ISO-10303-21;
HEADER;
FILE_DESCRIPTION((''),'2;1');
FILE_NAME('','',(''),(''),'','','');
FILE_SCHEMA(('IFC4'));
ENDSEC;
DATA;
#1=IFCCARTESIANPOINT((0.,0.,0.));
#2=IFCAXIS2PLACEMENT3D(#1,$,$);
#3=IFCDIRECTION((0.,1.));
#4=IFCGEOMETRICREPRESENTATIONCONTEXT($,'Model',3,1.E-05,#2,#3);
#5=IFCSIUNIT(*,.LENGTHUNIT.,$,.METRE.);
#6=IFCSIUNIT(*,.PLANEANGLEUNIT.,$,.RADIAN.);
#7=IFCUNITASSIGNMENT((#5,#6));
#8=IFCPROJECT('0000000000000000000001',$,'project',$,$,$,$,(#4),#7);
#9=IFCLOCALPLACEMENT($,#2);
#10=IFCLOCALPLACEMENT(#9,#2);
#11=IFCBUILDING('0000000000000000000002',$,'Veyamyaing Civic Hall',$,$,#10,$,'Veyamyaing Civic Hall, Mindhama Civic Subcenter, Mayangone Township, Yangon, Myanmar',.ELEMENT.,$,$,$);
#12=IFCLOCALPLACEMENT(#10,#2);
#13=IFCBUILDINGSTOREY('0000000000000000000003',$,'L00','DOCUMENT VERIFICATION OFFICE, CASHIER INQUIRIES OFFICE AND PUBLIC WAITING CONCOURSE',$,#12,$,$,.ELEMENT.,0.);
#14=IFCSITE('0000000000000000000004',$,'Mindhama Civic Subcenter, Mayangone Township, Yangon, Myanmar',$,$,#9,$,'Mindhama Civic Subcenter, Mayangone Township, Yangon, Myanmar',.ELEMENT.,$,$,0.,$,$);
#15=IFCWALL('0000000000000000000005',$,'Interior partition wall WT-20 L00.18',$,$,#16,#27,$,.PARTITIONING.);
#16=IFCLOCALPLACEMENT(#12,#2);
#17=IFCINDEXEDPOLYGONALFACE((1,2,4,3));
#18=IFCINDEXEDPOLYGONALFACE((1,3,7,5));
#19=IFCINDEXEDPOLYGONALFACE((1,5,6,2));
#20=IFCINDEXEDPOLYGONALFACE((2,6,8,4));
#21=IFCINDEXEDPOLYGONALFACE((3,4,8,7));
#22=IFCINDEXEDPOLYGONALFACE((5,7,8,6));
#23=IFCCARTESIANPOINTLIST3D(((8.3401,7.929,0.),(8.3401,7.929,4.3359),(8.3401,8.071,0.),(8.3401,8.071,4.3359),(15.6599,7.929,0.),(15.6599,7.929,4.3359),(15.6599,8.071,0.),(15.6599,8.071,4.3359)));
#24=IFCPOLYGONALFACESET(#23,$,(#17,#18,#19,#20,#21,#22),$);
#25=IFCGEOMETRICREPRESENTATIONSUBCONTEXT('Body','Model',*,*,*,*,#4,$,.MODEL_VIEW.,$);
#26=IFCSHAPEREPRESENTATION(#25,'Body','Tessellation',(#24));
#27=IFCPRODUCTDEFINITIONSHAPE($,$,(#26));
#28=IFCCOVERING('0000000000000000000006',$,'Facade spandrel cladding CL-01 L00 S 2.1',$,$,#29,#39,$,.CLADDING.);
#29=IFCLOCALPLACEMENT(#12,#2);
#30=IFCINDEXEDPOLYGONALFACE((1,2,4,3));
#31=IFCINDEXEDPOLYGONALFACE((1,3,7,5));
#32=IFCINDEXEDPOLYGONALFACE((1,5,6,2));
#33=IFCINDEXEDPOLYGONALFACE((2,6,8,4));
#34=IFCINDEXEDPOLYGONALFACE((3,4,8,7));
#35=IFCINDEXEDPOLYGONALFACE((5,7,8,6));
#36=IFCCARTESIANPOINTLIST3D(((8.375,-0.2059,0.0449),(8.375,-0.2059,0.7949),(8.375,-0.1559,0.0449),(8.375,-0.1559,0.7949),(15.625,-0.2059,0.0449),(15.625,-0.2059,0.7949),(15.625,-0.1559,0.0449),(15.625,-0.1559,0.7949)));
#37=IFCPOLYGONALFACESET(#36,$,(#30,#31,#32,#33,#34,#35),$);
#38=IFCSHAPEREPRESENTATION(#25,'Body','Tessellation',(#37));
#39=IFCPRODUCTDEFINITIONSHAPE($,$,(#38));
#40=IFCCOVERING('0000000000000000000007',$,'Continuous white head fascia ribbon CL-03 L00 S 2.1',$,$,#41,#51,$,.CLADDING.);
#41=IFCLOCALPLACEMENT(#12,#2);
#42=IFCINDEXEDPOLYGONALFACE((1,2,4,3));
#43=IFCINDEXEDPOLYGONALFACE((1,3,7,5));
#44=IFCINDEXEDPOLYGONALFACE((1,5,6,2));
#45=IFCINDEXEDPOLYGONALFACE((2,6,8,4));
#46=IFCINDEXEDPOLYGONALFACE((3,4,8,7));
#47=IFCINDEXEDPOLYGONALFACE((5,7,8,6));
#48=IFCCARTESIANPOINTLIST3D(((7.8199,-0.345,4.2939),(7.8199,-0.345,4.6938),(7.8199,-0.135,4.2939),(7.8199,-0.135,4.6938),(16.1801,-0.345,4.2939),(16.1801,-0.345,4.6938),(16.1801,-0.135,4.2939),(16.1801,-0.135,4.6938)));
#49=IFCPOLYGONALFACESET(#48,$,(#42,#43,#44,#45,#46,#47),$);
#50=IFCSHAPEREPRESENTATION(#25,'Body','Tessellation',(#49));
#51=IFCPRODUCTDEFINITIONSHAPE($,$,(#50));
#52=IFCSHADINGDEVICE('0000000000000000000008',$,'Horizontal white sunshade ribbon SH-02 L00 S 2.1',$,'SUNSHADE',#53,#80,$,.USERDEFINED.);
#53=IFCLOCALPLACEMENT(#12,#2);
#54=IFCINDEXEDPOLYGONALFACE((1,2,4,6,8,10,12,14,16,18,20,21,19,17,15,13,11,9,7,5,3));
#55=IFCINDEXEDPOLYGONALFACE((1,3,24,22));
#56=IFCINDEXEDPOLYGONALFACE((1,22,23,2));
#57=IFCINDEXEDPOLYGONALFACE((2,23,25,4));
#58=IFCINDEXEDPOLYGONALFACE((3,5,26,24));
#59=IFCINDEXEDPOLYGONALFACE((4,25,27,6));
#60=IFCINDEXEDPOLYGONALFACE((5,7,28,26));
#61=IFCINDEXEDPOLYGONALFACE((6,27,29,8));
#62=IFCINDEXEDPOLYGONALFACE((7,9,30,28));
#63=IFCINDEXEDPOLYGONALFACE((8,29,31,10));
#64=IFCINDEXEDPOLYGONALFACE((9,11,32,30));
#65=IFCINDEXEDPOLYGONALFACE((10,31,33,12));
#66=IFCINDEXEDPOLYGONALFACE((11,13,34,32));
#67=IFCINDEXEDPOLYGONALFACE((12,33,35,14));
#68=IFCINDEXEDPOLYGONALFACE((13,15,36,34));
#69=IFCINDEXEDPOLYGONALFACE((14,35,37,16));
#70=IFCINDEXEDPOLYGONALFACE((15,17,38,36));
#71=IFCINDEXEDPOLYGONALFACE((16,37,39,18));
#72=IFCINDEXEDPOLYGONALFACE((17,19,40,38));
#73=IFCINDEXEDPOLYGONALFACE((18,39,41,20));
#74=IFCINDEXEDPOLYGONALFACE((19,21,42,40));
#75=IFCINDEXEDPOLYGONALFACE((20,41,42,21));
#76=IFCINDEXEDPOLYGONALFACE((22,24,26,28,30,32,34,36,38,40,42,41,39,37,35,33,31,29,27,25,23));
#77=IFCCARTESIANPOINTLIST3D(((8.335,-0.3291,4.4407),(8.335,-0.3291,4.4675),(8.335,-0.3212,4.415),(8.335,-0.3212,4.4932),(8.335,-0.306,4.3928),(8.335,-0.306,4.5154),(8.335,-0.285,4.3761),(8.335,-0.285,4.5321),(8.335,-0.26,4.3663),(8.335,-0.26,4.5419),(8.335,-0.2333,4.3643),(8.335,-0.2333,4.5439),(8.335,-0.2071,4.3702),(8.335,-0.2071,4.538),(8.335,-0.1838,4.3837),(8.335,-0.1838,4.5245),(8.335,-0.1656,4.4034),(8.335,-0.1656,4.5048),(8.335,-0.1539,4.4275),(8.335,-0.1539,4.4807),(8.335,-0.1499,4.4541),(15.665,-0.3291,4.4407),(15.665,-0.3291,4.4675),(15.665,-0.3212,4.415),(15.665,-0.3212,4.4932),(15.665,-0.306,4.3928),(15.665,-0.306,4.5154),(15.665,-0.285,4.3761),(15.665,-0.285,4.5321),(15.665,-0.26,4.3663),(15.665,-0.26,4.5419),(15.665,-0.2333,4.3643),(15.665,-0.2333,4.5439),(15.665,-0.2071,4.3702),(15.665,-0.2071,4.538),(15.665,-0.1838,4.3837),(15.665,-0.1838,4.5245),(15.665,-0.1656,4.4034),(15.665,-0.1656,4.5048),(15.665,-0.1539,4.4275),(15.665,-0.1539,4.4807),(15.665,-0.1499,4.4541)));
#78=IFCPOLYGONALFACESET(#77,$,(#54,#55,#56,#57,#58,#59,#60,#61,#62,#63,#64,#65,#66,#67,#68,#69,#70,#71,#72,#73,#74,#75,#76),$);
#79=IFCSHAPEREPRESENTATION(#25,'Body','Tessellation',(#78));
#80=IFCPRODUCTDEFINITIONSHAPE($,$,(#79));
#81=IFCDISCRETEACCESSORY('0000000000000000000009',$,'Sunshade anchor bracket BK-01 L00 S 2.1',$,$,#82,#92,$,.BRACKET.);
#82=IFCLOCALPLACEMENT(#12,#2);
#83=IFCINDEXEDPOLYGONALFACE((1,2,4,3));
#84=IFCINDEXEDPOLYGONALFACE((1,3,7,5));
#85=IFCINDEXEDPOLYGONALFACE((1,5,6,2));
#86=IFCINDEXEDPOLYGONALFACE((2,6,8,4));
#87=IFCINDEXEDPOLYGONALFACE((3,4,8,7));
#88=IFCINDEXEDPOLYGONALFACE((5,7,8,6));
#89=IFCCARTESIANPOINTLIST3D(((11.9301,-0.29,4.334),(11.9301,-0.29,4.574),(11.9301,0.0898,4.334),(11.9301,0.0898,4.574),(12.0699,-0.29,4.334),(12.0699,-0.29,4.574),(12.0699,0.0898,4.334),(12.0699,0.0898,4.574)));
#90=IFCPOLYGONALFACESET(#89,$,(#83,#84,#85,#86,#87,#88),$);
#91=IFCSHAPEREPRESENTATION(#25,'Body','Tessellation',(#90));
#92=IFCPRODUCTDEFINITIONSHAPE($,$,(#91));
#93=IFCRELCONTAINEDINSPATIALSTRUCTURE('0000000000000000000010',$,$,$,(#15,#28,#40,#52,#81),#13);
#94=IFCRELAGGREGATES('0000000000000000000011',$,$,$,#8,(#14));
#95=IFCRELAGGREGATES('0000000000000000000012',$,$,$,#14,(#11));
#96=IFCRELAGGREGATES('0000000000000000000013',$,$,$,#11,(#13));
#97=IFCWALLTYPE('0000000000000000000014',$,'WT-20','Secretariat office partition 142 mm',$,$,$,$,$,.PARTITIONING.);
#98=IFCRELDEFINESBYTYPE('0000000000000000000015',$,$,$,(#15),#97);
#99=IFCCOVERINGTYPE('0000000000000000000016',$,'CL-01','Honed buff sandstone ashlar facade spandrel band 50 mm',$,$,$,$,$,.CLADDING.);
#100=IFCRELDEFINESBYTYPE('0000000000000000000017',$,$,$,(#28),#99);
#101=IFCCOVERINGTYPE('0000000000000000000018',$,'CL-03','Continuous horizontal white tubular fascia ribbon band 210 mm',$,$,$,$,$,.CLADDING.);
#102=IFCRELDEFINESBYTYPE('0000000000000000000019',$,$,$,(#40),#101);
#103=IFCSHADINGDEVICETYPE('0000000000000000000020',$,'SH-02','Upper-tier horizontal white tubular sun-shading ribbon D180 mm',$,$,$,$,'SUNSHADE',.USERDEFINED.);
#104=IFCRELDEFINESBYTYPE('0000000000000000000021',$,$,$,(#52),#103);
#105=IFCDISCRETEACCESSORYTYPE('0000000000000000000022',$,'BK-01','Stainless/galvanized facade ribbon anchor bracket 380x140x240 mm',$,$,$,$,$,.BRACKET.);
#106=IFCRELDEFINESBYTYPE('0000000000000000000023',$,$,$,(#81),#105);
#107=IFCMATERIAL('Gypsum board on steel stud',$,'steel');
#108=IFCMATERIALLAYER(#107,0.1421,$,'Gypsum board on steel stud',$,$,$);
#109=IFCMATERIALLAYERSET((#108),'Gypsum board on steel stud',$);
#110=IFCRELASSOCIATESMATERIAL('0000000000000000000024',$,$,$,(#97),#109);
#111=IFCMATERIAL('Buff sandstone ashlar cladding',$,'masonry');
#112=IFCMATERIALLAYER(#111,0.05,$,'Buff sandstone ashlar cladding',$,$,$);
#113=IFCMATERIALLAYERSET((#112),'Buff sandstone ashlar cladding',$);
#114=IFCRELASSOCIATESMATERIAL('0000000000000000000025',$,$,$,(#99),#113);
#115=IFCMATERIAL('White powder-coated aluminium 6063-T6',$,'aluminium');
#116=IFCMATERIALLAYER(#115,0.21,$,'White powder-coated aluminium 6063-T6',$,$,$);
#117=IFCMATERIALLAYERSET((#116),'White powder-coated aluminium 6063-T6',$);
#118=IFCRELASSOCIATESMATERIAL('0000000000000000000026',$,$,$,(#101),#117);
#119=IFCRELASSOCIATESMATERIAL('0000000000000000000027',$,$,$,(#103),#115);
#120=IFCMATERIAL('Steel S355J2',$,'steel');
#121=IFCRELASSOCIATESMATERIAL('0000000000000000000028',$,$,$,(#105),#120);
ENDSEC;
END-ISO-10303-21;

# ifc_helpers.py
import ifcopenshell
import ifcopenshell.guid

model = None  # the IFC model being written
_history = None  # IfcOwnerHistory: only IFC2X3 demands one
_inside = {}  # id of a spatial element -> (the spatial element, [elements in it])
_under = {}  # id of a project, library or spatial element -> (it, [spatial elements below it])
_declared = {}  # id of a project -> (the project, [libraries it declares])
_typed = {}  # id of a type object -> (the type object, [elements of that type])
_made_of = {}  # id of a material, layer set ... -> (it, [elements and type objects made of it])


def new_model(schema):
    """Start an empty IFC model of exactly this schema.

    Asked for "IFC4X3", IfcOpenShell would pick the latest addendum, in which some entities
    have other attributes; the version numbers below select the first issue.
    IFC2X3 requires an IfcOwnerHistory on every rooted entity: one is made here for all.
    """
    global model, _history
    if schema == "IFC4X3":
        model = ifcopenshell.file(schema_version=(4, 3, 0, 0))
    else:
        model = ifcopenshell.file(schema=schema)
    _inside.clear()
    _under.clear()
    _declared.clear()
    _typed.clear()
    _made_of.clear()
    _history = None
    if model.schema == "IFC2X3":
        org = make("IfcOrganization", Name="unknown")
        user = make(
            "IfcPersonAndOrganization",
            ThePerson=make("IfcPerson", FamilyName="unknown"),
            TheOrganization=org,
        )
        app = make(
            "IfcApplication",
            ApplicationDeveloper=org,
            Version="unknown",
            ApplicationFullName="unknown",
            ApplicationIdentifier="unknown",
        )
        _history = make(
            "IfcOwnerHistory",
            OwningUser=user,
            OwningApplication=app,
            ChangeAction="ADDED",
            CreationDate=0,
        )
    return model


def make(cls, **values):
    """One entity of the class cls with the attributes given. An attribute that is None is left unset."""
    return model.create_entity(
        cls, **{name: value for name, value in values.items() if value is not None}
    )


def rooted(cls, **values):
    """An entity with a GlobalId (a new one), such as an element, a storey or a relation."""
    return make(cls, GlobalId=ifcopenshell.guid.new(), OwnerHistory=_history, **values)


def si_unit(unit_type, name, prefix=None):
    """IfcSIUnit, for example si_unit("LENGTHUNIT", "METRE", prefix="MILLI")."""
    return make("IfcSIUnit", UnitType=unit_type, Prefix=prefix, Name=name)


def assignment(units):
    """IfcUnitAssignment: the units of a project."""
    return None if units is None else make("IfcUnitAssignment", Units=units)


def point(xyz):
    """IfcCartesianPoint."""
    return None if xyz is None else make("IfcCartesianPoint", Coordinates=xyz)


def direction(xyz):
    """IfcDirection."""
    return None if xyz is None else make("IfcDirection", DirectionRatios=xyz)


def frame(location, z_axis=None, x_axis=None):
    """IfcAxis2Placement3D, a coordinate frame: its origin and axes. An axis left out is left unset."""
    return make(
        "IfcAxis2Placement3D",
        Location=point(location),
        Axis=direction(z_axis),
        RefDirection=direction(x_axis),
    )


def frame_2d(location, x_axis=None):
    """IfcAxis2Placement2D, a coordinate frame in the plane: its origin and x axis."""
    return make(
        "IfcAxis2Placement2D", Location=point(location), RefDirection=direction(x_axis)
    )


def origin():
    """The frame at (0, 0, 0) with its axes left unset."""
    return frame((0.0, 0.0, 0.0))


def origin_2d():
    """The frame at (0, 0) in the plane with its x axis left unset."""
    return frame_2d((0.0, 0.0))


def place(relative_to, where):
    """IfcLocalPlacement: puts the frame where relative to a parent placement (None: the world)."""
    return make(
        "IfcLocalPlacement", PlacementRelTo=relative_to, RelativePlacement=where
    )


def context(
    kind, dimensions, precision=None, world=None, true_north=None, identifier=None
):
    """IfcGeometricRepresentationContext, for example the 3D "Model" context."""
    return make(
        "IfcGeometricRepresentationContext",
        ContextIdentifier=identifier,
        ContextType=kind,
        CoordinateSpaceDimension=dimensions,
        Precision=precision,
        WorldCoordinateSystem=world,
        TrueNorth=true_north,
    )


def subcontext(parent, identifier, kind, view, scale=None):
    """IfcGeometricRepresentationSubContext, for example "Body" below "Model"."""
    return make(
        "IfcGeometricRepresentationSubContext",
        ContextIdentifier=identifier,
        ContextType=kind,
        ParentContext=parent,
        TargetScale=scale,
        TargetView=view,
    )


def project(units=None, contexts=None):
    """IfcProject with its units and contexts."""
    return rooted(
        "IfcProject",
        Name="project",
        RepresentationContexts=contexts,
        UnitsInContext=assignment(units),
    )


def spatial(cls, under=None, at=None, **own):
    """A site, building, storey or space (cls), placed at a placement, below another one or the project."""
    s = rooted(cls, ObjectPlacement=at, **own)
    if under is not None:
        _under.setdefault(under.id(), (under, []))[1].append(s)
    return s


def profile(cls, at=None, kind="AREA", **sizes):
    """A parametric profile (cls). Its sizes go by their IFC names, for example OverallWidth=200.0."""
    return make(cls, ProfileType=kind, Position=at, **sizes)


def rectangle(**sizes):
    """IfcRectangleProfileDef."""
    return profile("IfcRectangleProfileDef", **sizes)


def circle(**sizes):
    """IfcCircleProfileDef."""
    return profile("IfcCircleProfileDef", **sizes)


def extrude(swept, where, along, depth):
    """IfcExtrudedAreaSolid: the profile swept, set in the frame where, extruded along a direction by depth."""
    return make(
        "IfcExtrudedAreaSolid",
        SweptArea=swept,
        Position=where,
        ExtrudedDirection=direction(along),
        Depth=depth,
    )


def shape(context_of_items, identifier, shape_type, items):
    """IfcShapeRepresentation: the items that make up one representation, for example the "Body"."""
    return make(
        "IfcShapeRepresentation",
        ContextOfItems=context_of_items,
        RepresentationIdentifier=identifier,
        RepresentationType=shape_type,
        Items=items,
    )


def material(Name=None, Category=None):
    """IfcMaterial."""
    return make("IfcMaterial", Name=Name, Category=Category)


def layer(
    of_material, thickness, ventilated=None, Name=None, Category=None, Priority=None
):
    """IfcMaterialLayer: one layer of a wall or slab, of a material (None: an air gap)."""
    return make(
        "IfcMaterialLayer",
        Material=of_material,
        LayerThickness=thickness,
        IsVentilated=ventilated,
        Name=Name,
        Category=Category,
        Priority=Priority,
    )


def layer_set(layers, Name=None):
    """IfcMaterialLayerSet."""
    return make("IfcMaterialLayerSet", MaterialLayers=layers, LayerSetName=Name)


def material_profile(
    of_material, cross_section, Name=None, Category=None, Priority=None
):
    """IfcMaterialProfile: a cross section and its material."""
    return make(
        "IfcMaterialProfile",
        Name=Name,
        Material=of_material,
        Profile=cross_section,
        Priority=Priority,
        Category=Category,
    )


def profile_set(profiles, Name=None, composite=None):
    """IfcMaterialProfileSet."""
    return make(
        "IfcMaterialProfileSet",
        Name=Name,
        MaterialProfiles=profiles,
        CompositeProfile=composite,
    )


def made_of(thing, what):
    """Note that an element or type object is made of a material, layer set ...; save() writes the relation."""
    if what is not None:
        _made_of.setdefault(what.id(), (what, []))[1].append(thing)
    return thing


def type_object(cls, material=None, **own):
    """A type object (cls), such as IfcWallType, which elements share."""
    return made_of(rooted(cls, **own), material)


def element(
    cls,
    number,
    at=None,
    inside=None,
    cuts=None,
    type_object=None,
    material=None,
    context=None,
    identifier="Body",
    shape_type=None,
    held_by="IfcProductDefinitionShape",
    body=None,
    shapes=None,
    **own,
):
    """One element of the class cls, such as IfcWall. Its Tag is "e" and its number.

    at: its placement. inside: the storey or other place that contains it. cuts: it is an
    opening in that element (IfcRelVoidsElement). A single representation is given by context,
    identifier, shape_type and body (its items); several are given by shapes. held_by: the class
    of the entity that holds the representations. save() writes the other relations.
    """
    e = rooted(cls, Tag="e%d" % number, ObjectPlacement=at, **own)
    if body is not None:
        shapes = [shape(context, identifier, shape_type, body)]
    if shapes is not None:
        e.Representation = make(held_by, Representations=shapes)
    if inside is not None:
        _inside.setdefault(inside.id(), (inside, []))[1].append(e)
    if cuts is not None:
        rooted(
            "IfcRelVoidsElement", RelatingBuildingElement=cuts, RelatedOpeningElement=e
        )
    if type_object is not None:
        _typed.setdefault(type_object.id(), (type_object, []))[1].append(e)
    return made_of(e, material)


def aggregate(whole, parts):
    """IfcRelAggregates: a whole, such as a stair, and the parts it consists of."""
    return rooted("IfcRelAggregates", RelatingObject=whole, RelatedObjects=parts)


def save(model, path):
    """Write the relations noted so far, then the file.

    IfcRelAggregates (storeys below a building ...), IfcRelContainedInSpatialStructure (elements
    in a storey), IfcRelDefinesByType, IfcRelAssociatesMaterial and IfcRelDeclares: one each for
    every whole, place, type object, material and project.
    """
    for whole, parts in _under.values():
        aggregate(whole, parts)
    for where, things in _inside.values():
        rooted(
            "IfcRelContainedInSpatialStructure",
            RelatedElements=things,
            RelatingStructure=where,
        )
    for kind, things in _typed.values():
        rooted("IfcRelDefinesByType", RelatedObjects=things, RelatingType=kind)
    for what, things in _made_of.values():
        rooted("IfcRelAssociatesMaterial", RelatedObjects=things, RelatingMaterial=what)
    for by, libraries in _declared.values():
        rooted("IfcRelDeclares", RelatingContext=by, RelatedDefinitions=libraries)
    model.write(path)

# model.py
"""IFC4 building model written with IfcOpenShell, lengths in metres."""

from ifc_helpers import new_model, si_unit, direction, frame, frame_2d, origin, origin_2d, place, context, subcontext, project, spatial, rectangle, circle, extrude, material, layer, layer_set, material_profile, profile_set, type_object, element, save


model = new_model("IFC4")

# Units and contexts
model_context = context("Model", 3, precision=1e-05, world=origin(), true_north=direction((0.0, 1.0)))
body_context = subcontext(model_context, "Body", "Model", "MODEL_VIEW")
ifc_project = project(units=[si_unit("LENGTHUNIT", "METRE"), si_unit("PLANEANGLEUNIT", "RADIAN")], contexts=[model_context])

# Site, building, storey
site_placement = place(None, origin())
site = spatial("IfcSite", under=ifc_project, at=site_placement, Name="Mindhama Civic Subcenter, Mayangone Township, Yangon, Myanmar", LongName="Mindhama Civic Subcenter, Mayangone Township, Yangon, Myanmar", CompositionType="ELEMENT", RefElevation=0.0)
building_placement = place(site_placement, origin())
building = spatial("IfcBuilding", under=site, at=building_placement, Name="Veyamyaing Civic Hall", LongName="Veyamyaing Civic Hall, Mindhama Civic Subcenter, Mayangone Township, Yangon, Myanmar", CompositionType="ELEMENT")
storey_placement = place(building_placement, origin())
storey = spatial("IfcBuildingStorey", under=building, at=storey_placement, Name="L00", Description="DOCUMENT VERIFICATION OFFICE, CASHIER INQUIRIES OFFICE AND PUBLIC WAITING CONCOURSE", CompositionType="ELEMENT", Elevation=0.0)

# Wall
ifc_material_1 = material(Name="Gypsum board on steel stud", Category="steel")
ifc_layer_1 = layer(ifc_material_1, 0.1421, Name="Gypsum board on steel stud")
ifc_layer_set_1 = layer_set([ifc_layer_1], Name="Gypsum board on steel stud")
wall_type_1 = type_object("IfcWallType", Name="WT-20", Description="Secretariat office partition 142 mm", PredefinedType="PARTITIONING", material=ifc_layer_set_1)
wall_1_placement = place(storey_placement, frame((8.3401, 8.0, 0.0), z_axis=(0.0, 0.0, 1.0), x_axis=(1.0, 0.0, 0.0)))
element("IfcWall", 1, at=wall_1_placement, inside=storey, type_object=wall_type_1, Name="Interior partition wall WT-20 L00.18", PredefinedType="PARTITIONING", context=body_context, shape_type="SweptSolid", body=[
    extrude(rectangle(XDim=7.3198, YDim=0.1421, at=frame_2d((3.6599, 0.0))), origin(), (0.0, 0.0, 1.0), 4.3359),
])

# Coverings
ifc_material_2 = material(Name="Buff sandstone ashlar cladding", Category="masonry")
ifc_layer_2 = layer(ifc_material_2, 0.05, Name="Buff sandstone ashlar cladding")
ifc_layer_set_2 = layer_set([ifc_layer_2], Name="Buff sandstone ashlar cladding")
covering_type_1 = type_object("IfcCoveringType", Name="CL-01", Description="Honed buff sandstone ashlar facade spandrel band 50 mm", PredefinedType="CLADDING", material=ifc_layer_set_2)
covering_1_placement = place(storey_placement, frame((12.0, -0.1809, 0.0449), z_axis=(0.0, 0.0, 1.0), x_axis=(1.0, 0.0, 0.0)))
element("IfcCovering", 2, at=covering_1_placement, inside=storey, type_object=covering_type_1, Name="Facade spandrel cladding CL-01 L00 S 2.1", PredefinedType="CLADDING", context=body_context, shape_type="SweptSolid", body=[
    extrude(rectangle(XDim=7.25, YDim=0.05, at=origin_2d()), origin(), (0.0, 0.0, 1.0), 0.75),
])
ifc_material_3 = material(Name="White powder-coated aluminium 6063-T6", Category="aluminium")
ifc_layer_3 = layer(ifc_material_3, 0.21, Name="White powder-coated aluminium 6063-T6")
ifc_layer_set_3 = layer_set([ifc_layer_3], Name="White powder-coated aluminium 6063-T6")
covering_type_2 = type_object("IfcCoveringType", Name="CL-03", Description="Continuous horizontal white tubular fascia ribbon band 210 mm", PredefinedType="CLADDING", material=ifc_layer_set_3)
covering_2_placement = place(storey_placement, frame((12.0, -0.24, 4.2939), z_axis=(0.0, 0.0, 1.0), x_axis=(1.0, 0.0, 0.0)))
element("IfcCovering", 3, at=covering_2_placement, inside=storey, type_object=covering_type_2, Name="Continuous white head fascia ribbon CL-03 L00 S 2.1", PredefinedType="CLADDING", context=body_context, shape_type="SweptSolid", body=[
    extrude(rectangle(XDim=8.3601, YDim=0.21, at=origin_2d()), origin(), (0.0, 0.0, 1.0), 0.3999),
])

# Shared definitions
ifc_material_4 = material(Name="Steel S355J2", Category="steel")

# Shading device
ifc_material_profile_1 = material_profile(ifc_material_3, circle(Radius=0.0901, at=origin_2d()), Name="SHADE-TUBE-180")
ifc_profile_set_1 = profile_set([ifc_material_profile_1], Name="White powder-coated aluminium 6063-T6")
shading_device_type = type_object("IfcShadingDeviceType", Name="SH-02", Description="Upper-tier horizontal white tubular sun-shading ribbon D180 mm", ElementType="SUNSHADE", PredefinedType="USERDEFINED", material=ifc_profile_set_1)
shading_device_placement = place(storey_placement, frame((8.335, -0.24, 4.4541), z_axis=(1.0, 0.0, 0.0), x_axis=(0.0, 1.0, 0.0)))
element("IfcShadingDevice", 4, at=shading_device_placement, inside=storey, type_object=shading_device_type, Name="Horizontal white sunshade ribbon SH-02 L00 S 2.1", ObjectType="SUNSHADE", PredefinedType="USERDEFINED", context=body_context, shape_type="SweptSolid", body=[
    extrude(circle(Radius=0.0901, at=origin_2d()), origin(), (0.0, 0.0, 1.0), 7.3301),
])

# Discrete accessory
discrete_accessory_type = type_object("IfcDiscreteAccessoryType", Name="BK-01", Description="Stainless/galvanized facade ribbon anchor bracket 380x140x240 mm", PredefinedType="BRACKET", material=ifc_material_4)
discrete_accessory_placement = place(storey_placement, frame((12.0, -0.1001, 4.334), z_axis=(0.0, 0.0, 1.0), x_axis=(0.0, -1.0, 0.0)))
element("IfcDiscreteAccessory", 5, at=discrete_accessory_placement, inside=storey, type_object=discrete_accessory_type, Name="Sunshade anchor bracket BK-01 L00 S 2.1", PredefinedType="BRACKET", context=body_context, shape_type="SweptSolid", body=[
    extrude(rectangle(XDim=0.3799, YDim=0.1399, at=origin_2d()), origin(), (0.0, 0.0, 1.0), 0.24),
])

save(model, "model.ifc")
